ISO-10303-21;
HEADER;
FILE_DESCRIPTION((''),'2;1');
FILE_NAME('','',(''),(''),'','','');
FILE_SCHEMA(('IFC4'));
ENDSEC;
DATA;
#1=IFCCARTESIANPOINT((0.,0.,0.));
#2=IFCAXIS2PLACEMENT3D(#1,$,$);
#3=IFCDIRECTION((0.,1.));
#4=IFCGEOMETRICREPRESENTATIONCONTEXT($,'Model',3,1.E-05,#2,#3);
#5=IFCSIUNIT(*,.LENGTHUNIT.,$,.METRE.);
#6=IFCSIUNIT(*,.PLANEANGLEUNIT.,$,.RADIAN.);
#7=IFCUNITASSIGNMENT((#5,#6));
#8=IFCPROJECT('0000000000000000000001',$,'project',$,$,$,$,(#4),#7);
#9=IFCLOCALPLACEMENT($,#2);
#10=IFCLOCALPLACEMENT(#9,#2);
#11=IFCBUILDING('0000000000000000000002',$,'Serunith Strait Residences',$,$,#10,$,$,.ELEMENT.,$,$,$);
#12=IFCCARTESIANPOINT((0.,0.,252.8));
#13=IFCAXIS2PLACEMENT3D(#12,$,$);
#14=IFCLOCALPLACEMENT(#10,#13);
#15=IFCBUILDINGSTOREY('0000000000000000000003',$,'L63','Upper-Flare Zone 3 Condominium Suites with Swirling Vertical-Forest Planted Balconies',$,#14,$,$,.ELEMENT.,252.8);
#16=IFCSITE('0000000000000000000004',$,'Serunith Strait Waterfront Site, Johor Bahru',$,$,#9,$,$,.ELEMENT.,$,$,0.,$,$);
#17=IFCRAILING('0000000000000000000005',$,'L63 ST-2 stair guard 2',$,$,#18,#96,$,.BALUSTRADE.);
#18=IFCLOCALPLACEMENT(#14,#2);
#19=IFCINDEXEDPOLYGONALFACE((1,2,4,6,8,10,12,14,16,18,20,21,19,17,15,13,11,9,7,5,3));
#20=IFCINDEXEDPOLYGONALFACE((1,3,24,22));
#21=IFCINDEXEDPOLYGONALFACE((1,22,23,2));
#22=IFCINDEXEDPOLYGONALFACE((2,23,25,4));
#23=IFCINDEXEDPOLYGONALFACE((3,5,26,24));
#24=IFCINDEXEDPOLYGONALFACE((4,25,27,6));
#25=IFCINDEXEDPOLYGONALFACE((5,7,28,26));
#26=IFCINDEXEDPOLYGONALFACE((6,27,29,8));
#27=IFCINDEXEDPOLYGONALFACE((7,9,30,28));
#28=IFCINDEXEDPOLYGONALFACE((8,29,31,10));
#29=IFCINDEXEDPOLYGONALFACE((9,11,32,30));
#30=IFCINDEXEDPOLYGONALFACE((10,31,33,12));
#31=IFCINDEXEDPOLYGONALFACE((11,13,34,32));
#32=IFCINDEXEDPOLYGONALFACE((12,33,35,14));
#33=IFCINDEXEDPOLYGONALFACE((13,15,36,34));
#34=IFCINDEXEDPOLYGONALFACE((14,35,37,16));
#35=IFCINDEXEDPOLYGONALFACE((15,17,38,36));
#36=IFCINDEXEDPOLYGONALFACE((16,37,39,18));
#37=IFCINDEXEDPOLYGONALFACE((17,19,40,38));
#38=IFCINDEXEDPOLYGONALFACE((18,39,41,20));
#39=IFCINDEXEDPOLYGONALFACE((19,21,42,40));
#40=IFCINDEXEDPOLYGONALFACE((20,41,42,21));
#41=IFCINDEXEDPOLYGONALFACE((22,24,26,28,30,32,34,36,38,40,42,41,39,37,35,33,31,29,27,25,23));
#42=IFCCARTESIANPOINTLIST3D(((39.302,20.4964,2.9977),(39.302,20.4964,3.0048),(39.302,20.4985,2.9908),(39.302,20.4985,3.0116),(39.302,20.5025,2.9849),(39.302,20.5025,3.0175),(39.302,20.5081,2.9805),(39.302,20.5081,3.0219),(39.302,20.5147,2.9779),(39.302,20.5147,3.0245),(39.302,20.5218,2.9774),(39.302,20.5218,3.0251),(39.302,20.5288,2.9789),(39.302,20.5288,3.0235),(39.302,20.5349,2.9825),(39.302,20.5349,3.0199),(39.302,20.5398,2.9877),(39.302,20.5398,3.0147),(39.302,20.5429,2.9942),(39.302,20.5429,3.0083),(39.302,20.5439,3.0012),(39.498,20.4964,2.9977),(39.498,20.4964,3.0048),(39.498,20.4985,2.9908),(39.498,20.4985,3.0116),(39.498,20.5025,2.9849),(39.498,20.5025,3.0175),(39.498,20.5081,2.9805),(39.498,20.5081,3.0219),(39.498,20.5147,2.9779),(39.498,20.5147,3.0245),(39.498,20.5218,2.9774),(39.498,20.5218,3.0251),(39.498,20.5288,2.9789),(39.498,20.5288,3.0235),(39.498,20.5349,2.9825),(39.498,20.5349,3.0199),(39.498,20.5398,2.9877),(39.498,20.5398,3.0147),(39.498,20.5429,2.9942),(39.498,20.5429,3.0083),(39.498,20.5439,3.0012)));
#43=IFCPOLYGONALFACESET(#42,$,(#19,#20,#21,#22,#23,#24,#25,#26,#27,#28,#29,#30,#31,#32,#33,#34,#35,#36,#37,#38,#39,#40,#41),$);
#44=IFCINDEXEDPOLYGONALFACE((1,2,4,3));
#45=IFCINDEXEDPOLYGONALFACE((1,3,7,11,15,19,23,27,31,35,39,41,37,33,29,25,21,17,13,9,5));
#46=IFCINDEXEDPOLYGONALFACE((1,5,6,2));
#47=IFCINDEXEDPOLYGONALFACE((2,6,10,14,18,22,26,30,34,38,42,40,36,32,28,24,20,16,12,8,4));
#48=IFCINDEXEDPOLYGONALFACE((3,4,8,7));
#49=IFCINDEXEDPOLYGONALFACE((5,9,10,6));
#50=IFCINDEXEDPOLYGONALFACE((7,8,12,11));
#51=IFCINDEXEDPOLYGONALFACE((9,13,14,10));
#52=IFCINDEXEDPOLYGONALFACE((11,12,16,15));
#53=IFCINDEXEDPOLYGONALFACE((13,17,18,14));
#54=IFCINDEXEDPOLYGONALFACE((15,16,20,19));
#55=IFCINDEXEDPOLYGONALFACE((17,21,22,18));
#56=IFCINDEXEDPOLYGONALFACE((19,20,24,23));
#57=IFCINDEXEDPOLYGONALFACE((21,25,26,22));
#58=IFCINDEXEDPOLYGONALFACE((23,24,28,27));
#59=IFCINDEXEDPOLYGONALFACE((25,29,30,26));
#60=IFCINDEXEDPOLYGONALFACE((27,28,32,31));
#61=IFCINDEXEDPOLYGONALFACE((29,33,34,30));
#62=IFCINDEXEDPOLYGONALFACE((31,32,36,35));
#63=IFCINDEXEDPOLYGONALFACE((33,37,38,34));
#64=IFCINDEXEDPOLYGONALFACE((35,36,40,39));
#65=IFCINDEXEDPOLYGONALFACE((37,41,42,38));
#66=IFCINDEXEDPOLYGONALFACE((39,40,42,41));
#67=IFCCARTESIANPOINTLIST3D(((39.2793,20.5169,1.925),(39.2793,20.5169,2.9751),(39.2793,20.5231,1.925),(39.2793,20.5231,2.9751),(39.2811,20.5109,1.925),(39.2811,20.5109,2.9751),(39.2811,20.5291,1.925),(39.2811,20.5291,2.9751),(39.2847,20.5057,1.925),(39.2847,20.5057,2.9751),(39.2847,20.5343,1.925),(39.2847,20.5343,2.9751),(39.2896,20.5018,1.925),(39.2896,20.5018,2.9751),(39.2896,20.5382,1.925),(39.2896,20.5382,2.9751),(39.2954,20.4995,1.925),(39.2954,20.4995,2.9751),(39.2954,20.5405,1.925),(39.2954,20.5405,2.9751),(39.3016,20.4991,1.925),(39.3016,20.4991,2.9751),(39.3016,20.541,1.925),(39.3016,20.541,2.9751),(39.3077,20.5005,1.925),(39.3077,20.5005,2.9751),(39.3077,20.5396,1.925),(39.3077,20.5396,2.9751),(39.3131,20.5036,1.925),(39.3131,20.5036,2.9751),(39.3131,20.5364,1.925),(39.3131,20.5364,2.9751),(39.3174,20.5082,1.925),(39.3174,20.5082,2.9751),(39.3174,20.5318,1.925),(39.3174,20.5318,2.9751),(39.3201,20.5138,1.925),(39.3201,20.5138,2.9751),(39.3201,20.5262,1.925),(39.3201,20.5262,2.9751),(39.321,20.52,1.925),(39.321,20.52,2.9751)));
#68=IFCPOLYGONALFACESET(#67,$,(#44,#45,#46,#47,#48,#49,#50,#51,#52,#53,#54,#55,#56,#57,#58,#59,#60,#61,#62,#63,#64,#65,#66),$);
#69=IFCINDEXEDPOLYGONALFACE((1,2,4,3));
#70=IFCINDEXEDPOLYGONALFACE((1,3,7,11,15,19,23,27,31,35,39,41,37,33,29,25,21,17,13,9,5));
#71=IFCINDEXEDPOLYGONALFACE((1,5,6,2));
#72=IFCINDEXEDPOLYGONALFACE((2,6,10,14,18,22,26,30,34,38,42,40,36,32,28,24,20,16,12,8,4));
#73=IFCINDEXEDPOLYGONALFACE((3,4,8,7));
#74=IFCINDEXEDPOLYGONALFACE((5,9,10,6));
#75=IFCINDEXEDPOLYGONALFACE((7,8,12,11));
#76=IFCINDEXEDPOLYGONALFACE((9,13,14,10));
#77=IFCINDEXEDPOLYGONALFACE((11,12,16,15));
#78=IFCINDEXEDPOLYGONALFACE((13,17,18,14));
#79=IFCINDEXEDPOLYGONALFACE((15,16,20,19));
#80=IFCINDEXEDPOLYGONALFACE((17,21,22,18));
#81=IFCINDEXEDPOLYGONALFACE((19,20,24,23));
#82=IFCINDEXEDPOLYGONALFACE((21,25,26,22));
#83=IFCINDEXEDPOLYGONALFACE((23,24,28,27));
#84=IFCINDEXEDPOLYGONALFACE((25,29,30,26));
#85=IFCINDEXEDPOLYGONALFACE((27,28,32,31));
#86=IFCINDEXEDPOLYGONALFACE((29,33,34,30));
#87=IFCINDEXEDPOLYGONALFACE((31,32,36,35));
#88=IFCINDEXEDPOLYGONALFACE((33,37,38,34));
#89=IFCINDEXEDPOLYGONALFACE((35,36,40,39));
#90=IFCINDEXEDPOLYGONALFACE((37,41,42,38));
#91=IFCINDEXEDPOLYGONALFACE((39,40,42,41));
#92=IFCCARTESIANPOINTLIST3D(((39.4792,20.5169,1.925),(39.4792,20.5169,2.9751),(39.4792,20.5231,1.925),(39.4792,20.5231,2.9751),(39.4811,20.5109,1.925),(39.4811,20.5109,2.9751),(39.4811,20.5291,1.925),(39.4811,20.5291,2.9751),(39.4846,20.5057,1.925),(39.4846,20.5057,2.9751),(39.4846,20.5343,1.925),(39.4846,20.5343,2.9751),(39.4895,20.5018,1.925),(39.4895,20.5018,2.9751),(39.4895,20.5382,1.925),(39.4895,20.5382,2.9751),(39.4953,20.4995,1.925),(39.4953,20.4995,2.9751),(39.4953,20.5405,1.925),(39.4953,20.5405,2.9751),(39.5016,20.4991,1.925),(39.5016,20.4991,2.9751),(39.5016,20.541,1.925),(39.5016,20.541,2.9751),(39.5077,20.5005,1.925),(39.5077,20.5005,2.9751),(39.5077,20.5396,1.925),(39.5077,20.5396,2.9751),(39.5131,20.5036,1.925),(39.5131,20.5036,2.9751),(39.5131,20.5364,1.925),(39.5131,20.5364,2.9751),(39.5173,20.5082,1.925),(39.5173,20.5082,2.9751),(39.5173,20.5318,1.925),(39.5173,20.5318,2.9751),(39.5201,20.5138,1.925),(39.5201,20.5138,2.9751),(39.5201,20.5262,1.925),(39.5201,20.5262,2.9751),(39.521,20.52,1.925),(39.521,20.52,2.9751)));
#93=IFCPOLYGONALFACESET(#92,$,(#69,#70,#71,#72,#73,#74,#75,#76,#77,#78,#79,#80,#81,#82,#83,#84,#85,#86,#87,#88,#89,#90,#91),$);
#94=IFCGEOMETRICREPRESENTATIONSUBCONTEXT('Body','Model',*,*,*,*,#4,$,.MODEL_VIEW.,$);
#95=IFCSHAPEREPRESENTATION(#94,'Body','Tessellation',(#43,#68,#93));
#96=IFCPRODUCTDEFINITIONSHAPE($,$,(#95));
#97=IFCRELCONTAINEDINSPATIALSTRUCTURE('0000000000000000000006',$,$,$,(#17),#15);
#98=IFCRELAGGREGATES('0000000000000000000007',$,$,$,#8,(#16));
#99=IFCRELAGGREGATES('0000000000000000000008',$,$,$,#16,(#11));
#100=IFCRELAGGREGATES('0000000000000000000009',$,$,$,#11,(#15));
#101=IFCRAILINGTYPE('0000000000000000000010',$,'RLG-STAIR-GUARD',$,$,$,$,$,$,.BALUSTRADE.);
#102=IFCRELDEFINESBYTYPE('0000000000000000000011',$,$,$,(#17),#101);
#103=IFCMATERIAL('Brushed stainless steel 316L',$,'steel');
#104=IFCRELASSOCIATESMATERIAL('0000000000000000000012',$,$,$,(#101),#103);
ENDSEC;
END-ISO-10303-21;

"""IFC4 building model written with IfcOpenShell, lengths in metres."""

from ifc_helpers import new_model, si_unit, direction, frame, origin, origin_2d, place, context, subcontext, project, spatial, circle, extrude, material, type_object, element, save


model = new_model("IFC4")

# Units and contexts
model_context = context("Model", 3, precision=1e-05, world=origin(), true_north=direction((0.0, 1.0)))
body_context = subcontext(model_context, "Body", "Model", "MODEL_VIEW")
ifc_project = project(units=[si_unit("LENGTHUNIT", "METRE"), si_unit("PLANEANGLEUNIT", "RADIAN")], contexts=[model_context])

# Site, building, storey
site_placement = place(None, origin())
site = spatial("IfcSite", under=ifc_project, at=site_placement, Name="Serunith Strait Waterfront Site, Johor Bahru", CompositionType="ELEMENT", RefElevation=0.0)
building_placement = place(site_placement, origin())
building = spatial("IfcBuilding", under=site, at=building_placement, Name="Serunith Strait Residences", CompositionType="ELEMENT")
storey_placement = place(building_placement, frame((0.0, 0.0, 252.8)))
storey = spatial("IfcBuildingStorey", under=building, at=storey_placement, Name="L63", Description="Upper-Flare Zone 3 Condominium Suites with Swirling Vertical-Forest Planted Balconies", CompositionType="ELEMENT", Elevation=252.8)

# Railing
ifc_material_1 = material(Name="Brushed stainless steel 316L", Category="steel")
railing_type_1 = type_object("IfcRailingType", Name="RLG-STAIR-GUARD", PredefinedType="BALUSTRADE", material=ifc_material_1)
railing_1_placement = place(storey_placement, frame((39.3, 20.52, 1.925)))
element("IfcRailing", 1, at=railing_1_placement, inside=storey, type_object=railing_type_1, Name="L63 ST-2 stair guard 2", PredefinedType="BALUSTRADE", context=body_context, shape_type="SweptSolid", body=[
    extrude(circle(Radius=0.0239, at=origin_2d()), frame((0.002, 0.0, 1.0762), z_axis=(1.0, 0.0, 0.0), x_axis=(0.0, 1.0, 0.0)), (0.0, 0.0, 1.0), 0.196),
    extrude(circle(Radius=0.021, at=origin_2d()), origin(), (0.0, 0.0, 1.0), 1.05),
    extrude(circle(Radius=0.021, at=origin_2d()), frame((0.2, 0.0, 0.0)), (0.0, 0.0, 1.0), 1.05),
])

save(model, "model.ifc")
